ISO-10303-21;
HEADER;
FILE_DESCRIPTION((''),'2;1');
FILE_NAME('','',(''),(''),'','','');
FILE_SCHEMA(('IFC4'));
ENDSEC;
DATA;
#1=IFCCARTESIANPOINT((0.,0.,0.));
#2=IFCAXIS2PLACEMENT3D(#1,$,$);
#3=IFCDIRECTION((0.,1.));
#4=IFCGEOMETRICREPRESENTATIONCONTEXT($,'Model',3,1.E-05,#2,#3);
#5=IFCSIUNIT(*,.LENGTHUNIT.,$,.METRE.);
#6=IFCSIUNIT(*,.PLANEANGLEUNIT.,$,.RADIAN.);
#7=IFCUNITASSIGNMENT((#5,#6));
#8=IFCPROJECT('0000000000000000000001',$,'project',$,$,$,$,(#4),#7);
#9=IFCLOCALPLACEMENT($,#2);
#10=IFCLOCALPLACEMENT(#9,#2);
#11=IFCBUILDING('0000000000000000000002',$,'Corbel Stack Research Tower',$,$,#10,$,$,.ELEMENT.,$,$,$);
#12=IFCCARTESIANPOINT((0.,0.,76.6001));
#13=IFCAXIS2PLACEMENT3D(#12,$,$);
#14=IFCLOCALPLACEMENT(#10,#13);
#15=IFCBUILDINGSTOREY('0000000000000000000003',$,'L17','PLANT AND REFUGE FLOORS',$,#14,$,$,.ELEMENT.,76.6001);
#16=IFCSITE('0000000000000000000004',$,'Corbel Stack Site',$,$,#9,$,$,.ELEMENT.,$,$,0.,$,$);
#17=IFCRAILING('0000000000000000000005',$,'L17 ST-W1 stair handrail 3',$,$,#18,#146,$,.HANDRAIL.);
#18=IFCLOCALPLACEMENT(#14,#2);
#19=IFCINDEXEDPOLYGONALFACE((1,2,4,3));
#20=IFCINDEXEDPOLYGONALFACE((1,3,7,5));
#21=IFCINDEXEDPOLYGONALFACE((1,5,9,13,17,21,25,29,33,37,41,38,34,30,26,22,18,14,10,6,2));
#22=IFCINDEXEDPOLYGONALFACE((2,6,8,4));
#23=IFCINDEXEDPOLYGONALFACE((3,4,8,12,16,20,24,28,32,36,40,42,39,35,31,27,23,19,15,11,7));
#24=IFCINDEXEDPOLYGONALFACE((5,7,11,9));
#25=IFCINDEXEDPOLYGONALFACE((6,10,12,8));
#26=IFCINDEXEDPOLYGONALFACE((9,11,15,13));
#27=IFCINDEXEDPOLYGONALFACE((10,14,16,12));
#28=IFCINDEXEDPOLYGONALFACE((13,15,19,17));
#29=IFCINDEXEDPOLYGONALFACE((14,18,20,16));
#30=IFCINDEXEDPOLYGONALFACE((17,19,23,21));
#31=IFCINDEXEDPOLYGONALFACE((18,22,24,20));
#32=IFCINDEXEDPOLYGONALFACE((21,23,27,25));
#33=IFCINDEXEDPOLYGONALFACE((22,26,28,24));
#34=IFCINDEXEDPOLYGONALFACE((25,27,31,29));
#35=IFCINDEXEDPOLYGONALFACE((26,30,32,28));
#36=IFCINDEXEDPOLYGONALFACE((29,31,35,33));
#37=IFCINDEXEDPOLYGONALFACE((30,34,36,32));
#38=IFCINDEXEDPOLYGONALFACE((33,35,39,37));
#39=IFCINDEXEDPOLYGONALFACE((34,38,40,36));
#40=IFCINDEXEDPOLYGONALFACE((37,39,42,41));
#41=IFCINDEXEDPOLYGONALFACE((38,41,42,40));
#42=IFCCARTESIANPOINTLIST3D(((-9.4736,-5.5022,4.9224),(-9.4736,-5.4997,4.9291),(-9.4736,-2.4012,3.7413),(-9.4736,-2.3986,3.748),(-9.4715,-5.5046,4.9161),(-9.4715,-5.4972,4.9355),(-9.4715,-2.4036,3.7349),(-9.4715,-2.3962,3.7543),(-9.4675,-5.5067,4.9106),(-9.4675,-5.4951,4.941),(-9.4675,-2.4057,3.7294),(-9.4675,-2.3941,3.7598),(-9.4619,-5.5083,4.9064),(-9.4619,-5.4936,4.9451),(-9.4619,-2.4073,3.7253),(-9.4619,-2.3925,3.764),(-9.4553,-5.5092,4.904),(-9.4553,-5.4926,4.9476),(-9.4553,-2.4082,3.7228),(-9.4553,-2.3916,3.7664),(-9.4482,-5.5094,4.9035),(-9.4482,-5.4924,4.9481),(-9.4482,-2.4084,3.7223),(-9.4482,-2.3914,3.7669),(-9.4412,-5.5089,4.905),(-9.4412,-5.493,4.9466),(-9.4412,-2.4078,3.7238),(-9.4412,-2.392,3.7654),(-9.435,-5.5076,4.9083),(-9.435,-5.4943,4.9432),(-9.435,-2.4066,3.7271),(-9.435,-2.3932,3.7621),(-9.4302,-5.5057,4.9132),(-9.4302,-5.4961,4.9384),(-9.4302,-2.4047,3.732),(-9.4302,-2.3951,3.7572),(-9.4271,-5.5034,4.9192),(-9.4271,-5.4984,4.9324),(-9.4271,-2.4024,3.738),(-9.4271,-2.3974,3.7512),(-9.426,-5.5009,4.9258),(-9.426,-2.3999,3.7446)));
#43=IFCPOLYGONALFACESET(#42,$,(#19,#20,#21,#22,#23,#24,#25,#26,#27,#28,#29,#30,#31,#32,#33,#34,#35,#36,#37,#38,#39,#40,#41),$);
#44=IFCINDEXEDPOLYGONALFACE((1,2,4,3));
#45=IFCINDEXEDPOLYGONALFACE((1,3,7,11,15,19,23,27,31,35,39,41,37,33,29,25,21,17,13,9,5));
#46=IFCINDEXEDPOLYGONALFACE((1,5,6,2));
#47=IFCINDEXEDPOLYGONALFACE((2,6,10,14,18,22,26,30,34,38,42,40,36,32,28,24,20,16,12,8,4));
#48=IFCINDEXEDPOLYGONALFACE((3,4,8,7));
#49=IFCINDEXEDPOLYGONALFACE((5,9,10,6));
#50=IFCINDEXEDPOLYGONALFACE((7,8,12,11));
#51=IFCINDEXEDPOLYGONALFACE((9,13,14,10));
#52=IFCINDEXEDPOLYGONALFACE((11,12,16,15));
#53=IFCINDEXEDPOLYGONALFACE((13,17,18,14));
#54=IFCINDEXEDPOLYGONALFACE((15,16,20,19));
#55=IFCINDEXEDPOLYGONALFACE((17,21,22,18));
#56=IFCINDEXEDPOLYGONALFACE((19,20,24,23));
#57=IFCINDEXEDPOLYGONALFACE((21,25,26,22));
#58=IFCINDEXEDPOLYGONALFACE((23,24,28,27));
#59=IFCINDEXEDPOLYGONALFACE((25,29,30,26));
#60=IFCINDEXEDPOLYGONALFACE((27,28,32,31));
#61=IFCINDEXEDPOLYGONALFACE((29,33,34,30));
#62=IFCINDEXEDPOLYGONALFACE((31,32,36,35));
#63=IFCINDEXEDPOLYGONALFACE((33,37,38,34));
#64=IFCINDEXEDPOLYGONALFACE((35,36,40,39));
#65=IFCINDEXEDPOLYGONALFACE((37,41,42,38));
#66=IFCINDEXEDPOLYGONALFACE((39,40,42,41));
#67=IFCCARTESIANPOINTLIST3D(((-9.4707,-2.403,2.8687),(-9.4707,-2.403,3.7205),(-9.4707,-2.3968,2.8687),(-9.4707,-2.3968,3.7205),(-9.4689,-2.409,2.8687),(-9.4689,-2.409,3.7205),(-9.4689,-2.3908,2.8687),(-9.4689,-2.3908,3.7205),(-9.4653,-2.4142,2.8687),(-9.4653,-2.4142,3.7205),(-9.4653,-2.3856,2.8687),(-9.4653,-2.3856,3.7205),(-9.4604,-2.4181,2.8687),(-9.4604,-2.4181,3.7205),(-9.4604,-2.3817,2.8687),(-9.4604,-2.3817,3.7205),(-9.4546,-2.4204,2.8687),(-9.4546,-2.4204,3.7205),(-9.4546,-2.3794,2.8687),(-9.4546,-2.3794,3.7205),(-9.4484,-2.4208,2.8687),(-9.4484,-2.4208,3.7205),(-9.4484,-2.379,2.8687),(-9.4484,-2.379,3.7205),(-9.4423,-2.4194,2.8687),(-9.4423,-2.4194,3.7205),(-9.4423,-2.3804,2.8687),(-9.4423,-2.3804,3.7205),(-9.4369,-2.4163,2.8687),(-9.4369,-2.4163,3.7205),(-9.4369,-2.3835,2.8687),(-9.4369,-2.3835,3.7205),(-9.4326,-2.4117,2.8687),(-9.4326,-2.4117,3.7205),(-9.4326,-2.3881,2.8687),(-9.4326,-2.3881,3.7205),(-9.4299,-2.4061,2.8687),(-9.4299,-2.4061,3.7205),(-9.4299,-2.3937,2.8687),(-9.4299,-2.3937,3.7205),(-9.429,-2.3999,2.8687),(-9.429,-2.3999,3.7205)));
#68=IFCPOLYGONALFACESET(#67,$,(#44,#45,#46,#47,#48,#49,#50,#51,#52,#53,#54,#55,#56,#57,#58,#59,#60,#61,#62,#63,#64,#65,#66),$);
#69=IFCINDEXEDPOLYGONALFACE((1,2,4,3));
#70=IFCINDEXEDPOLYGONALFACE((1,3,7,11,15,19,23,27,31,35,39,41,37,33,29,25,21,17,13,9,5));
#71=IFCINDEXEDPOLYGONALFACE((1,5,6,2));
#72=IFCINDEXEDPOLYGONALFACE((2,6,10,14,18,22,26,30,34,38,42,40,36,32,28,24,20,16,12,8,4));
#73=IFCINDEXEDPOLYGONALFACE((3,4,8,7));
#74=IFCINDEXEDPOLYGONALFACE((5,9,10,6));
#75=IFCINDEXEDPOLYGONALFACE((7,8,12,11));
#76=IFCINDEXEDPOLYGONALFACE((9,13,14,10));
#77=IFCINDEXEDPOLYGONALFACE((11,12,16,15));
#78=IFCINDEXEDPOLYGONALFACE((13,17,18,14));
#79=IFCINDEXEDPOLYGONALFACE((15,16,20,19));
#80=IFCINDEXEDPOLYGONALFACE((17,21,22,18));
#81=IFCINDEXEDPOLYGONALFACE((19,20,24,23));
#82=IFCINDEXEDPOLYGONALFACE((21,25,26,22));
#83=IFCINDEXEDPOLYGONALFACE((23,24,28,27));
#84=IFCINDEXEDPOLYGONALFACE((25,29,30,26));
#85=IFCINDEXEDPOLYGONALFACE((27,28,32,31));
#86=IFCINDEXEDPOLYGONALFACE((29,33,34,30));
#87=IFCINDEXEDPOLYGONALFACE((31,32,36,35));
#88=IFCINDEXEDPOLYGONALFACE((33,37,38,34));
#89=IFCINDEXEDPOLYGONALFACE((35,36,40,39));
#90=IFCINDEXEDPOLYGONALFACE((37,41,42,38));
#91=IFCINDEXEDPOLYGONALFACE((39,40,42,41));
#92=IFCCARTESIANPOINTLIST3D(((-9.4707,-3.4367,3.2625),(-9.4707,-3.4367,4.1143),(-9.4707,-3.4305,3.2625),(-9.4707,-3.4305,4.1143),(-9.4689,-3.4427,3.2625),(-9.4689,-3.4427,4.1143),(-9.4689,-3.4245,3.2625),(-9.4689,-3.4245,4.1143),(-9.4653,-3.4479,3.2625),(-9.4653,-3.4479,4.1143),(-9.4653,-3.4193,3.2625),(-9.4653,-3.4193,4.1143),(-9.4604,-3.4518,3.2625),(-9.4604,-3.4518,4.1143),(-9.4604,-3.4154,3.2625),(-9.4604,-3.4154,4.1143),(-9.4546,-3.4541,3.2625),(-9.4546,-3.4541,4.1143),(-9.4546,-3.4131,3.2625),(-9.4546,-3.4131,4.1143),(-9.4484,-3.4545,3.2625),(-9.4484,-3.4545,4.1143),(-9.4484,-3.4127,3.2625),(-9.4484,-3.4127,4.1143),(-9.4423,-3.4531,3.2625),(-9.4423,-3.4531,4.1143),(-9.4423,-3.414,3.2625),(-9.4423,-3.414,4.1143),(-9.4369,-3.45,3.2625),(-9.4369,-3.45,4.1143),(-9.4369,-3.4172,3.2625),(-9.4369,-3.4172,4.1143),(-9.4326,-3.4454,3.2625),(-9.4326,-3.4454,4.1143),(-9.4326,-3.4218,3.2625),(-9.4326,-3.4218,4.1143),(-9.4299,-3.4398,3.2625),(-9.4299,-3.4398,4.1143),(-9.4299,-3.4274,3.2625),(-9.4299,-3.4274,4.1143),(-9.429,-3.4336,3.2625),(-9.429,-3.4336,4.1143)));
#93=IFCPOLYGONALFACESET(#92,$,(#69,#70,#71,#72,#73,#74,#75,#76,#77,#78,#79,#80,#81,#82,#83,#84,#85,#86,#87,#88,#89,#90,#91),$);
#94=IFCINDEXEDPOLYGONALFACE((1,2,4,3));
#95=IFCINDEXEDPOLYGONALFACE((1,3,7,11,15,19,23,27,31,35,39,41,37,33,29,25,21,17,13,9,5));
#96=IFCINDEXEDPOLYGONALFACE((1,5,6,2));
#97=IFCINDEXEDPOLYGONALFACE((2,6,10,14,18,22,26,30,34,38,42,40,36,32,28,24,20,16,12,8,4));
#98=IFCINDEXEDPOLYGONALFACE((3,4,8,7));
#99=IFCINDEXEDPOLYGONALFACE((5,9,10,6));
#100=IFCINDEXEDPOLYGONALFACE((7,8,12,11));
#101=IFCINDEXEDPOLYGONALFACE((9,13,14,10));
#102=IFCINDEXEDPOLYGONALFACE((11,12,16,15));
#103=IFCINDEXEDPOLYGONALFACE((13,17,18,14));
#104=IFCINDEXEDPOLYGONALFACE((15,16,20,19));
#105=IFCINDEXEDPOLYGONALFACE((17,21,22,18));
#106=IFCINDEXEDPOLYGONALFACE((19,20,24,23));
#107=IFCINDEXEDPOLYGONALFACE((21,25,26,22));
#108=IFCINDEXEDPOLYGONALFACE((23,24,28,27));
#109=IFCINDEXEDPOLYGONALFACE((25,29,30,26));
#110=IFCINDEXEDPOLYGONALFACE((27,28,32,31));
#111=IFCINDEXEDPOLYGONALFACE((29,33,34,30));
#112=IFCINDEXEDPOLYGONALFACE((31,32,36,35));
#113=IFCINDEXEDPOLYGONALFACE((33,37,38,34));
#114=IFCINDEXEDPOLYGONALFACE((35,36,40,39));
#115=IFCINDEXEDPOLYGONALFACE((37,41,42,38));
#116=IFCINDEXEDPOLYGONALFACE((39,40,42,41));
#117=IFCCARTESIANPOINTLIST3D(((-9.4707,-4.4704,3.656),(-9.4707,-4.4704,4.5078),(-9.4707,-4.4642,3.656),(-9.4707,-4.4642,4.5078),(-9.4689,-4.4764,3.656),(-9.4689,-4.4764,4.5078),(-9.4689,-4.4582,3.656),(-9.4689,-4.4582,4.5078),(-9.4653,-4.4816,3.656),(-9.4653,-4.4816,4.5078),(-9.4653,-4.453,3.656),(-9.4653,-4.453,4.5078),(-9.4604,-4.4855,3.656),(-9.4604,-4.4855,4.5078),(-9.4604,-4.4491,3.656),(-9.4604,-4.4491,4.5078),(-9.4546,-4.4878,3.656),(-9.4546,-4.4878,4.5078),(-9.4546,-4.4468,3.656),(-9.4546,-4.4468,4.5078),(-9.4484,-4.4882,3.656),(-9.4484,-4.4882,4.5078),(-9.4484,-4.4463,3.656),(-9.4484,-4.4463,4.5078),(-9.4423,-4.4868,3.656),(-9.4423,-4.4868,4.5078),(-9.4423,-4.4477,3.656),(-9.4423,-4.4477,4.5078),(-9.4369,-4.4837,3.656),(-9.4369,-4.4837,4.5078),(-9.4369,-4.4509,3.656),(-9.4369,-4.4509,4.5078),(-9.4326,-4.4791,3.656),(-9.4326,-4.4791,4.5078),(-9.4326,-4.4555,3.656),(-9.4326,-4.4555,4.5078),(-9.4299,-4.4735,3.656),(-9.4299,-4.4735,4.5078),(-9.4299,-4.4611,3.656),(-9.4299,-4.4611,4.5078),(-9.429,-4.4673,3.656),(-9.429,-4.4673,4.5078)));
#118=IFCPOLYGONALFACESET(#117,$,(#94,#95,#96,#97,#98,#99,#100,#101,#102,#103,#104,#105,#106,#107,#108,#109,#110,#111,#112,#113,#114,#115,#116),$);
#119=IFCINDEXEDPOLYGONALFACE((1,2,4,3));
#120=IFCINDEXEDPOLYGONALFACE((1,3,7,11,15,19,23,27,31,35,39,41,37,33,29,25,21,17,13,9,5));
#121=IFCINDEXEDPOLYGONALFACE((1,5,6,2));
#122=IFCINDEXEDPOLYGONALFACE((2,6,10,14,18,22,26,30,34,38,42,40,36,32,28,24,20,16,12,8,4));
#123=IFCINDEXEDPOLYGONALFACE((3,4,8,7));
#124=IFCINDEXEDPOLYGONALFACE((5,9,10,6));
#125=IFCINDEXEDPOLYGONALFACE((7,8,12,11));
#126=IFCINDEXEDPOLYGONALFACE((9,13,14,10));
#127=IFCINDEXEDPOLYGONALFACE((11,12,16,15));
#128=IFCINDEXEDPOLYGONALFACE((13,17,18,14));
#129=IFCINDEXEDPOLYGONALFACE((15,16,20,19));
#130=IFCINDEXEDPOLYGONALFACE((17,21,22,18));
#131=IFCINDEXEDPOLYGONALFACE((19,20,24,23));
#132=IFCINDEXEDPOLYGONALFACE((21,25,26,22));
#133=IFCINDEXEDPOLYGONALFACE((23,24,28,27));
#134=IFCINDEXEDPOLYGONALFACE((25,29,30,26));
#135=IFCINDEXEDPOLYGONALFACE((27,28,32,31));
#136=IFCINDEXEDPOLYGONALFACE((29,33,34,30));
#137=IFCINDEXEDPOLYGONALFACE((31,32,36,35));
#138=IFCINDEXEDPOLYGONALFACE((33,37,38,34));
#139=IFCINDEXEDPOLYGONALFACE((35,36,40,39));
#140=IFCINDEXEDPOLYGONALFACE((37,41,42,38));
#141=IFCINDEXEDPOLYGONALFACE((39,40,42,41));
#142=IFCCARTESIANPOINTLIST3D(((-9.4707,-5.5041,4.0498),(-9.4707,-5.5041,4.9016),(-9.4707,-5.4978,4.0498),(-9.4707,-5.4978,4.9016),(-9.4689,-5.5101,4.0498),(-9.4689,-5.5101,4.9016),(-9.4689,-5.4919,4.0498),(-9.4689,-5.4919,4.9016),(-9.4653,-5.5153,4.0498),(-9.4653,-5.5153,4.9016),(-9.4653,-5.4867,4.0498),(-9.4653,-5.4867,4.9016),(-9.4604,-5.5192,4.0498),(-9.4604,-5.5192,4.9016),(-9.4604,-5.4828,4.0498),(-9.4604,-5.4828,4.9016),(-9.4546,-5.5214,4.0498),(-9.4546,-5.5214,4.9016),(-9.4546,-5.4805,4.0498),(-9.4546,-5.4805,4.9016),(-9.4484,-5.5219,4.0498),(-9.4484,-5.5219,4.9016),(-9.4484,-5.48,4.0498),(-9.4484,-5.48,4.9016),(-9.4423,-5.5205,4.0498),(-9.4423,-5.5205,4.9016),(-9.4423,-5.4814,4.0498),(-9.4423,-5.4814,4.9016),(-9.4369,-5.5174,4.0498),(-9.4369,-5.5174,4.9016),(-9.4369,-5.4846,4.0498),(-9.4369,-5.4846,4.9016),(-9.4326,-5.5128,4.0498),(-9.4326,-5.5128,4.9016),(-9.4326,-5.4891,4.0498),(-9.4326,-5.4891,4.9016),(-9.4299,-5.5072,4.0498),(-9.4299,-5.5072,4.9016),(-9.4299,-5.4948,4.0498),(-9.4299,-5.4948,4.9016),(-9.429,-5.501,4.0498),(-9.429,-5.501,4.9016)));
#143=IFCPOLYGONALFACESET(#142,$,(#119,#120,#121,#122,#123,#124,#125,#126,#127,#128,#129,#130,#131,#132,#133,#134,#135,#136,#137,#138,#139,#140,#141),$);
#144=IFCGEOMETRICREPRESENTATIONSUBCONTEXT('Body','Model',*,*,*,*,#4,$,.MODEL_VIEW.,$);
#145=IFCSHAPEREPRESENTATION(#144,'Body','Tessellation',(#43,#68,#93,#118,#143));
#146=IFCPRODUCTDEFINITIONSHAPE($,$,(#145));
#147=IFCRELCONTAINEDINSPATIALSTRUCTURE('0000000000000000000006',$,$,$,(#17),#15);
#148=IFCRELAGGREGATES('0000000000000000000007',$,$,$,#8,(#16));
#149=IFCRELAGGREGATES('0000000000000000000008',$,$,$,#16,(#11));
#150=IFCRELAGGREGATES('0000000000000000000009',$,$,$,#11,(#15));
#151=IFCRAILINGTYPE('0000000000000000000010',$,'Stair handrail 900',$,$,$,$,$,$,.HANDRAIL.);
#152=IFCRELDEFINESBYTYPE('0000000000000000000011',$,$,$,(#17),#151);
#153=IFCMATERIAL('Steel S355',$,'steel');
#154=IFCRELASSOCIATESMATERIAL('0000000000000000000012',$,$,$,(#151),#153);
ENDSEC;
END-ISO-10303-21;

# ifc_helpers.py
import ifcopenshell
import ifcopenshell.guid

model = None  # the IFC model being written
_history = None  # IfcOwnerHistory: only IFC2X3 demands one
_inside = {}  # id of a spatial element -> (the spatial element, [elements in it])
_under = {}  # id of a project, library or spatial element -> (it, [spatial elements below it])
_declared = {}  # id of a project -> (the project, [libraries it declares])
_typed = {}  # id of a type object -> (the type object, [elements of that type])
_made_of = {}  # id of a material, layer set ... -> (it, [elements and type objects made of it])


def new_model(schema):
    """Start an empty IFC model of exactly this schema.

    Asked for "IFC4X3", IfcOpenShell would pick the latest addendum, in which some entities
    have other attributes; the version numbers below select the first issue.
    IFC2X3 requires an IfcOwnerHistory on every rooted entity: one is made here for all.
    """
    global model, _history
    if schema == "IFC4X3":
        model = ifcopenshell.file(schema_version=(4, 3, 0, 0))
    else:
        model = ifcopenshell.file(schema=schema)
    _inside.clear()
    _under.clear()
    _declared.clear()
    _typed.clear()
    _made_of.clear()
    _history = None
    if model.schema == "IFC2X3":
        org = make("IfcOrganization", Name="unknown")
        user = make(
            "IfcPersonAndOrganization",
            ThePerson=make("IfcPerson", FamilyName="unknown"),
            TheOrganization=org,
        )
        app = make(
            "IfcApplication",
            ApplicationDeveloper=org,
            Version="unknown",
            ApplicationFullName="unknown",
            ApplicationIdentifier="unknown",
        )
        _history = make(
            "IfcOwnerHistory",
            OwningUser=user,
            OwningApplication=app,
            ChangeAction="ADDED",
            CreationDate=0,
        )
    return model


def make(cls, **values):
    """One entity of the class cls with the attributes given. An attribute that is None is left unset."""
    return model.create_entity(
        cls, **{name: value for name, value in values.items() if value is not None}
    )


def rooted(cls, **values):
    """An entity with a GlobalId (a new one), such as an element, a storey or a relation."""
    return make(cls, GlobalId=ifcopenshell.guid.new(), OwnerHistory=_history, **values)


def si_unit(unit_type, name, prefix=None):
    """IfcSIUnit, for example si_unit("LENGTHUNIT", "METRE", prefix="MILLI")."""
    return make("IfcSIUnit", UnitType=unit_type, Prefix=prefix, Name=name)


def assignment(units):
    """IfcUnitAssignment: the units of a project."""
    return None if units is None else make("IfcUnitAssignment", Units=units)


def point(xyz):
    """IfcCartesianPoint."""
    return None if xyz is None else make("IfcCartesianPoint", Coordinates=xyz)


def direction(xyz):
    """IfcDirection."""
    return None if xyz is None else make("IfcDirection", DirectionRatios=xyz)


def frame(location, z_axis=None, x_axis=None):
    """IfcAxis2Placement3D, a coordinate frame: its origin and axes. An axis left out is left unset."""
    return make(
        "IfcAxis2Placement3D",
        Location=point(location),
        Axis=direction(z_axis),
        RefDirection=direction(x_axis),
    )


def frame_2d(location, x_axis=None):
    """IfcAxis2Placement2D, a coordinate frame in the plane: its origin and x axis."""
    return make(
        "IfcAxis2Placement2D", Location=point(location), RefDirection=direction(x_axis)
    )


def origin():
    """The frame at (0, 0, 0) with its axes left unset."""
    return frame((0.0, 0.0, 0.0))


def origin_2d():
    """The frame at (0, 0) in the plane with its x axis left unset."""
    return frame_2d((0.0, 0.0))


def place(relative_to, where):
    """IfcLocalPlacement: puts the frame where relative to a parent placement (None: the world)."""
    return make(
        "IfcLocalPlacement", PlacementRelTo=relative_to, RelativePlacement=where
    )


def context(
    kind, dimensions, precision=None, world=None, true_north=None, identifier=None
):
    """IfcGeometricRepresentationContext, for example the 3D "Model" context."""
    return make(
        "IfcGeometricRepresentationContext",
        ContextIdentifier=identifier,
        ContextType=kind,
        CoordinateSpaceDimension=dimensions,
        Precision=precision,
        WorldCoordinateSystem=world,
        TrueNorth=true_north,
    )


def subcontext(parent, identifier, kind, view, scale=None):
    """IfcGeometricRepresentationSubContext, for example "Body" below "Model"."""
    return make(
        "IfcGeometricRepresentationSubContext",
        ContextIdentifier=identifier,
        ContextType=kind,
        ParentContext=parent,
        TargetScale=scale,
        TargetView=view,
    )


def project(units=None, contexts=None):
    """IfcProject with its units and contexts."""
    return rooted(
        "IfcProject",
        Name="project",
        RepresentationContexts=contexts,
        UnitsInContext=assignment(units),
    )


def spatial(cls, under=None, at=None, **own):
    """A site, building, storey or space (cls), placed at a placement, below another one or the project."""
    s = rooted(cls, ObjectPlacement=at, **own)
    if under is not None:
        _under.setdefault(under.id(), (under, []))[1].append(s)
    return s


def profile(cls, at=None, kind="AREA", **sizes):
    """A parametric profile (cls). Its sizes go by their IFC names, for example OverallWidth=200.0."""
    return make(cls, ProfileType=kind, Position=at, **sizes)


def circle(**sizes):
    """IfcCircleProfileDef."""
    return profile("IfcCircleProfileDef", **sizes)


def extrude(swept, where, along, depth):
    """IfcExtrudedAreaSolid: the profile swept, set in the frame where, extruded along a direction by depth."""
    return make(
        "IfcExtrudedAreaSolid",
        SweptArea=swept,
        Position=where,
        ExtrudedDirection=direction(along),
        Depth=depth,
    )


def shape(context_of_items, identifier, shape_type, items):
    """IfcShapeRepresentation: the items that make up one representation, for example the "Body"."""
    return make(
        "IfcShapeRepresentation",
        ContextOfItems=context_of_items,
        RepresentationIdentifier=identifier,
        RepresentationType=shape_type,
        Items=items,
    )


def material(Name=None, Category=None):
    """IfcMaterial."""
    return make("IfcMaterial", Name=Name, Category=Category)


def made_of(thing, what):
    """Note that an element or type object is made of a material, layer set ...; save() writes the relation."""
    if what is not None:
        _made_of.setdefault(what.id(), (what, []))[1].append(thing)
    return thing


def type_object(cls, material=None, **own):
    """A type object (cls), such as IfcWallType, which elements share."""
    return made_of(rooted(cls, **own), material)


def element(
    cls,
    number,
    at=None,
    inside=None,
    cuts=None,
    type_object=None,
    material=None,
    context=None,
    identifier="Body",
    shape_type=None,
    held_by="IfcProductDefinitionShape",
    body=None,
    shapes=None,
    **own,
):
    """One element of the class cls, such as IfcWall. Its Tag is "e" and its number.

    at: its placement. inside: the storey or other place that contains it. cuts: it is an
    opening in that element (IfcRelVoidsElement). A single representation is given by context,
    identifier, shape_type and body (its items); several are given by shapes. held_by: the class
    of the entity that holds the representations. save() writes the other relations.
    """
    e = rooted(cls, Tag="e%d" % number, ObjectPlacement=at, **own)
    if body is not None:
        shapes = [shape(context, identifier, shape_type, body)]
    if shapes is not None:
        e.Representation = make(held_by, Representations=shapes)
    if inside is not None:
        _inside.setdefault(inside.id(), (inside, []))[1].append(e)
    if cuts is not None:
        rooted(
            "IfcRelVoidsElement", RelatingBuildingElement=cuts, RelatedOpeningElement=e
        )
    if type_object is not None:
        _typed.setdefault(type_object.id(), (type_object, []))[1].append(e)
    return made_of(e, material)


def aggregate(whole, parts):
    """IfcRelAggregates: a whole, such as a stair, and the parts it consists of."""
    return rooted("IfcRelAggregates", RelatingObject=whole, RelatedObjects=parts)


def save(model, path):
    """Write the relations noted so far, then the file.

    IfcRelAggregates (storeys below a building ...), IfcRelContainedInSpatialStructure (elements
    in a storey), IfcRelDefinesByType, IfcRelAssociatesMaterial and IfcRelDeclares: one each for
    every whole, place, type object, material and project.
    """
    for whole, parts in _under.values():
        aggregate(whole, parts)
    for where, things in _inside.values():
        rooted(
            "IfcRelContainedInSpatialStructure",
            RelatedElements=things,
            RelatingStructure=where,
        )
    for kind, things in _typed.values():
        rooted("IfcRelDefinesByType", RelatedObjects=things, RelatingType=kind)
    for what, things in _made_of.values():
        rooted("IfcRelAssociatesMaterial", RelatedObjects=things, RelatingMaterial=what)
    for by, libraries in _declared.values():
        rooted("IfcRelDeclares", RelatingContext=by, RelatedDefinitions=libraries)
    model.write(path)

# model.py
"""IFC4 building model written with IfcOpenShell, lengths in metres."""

from ifc_helpers import new_model, si_unit, direction, frame, origin, origin_2d, place, context, subcontext, project, spatial, circle, extrude, material, type_object, element, save


model = new_model("IFC4")

# Units and contexts
model_context = context("Model", 3, precision=1e-05, world=origin(), true_north=direction((0.0, 1.0)))
body_context = subcontext(model_context, "Body", "Model", "MODEL_VIEW")
ifc_project = project(units=[si_unit("LENGTHUNIT", "METRE"), si_unit("PLANEANGLEUNIT", "RADIAN")], contexts=[model_context])

# Site, building, storey
site_placement = place(None, origin())
site = spatial("IfcSite", under=ifc_project, at=site_placement, Name="Corbel Stack Site", CompositionType="ELEMENT", RefElevation=0.0)
building_placement = place(site_placement, origin())
building = spatial("IfcBuilding", under=site, at=building_placement, Name="Corbel Stack Research Tower", CompositionType="ELEMENT")
storey_placement = place(building_placement, frame((0.0, 0.0, 76.6001)))
storey = spatial("IfcBuildingStorey", under=building, at=storey_placement, Name="L17", Description="PLANT AND REFUGE FLOORS", CompositionType="ELEMENT", Elevation=76.6001)

# Railing
ifc_material_1 = material(Name="Steel S355", Category="steel")
railing_type_1 = type_object("IfcRailingType", Name="Stair handrail 900", PredefinedType="HANDRAIL", material=ifc_material_1)
for number, where, name in (
    (1, (-9.45, -2.3999, 2.8687), "L17 ST-W1 stair handrail 3"),
):
    element("IfcRailing", number, at=place(storey_placement, frame(where)), inside=storey, type_object=railing_type_1, Name=name, PredefinedType="HANDRAIL", context=body_context, shape_type="SweptSolid", body=[
        extrude(circle(Radius=0.0239, at=origin_2d()), frame((0.0, 0.0, 0.876), z_axis=(0.0, -0.934509, 0.35594), x_axis=(1.0, 0.0, 0.0)), (0.0, 0.0, 1.0), 3.3184),
        extrude(circle(Radius=0.021, at=origin_2d()), origin(), (0.0, 0.0, 1.0), 0.8518),
        extrude(circle(Radius=0.021, at=origin_2d()), frame((0.0, -1.0337, 0.3938)), (0.0, 0.0, 1.0), 0.8518),
        extrude(circle(Radius=0.021, at=origin_2d()), frame((0.0, -2.0674, 0.7874)), (0.0, 0.0, 1.0), 0.8518),
        extrude(circle(Radius=0.021, at=origin_2d()), frame((0.0, -3.1011, 1.1812)), (0.0, 0.0, 1.0), 0.8518),
    ])

save(model, "model.ifc")
